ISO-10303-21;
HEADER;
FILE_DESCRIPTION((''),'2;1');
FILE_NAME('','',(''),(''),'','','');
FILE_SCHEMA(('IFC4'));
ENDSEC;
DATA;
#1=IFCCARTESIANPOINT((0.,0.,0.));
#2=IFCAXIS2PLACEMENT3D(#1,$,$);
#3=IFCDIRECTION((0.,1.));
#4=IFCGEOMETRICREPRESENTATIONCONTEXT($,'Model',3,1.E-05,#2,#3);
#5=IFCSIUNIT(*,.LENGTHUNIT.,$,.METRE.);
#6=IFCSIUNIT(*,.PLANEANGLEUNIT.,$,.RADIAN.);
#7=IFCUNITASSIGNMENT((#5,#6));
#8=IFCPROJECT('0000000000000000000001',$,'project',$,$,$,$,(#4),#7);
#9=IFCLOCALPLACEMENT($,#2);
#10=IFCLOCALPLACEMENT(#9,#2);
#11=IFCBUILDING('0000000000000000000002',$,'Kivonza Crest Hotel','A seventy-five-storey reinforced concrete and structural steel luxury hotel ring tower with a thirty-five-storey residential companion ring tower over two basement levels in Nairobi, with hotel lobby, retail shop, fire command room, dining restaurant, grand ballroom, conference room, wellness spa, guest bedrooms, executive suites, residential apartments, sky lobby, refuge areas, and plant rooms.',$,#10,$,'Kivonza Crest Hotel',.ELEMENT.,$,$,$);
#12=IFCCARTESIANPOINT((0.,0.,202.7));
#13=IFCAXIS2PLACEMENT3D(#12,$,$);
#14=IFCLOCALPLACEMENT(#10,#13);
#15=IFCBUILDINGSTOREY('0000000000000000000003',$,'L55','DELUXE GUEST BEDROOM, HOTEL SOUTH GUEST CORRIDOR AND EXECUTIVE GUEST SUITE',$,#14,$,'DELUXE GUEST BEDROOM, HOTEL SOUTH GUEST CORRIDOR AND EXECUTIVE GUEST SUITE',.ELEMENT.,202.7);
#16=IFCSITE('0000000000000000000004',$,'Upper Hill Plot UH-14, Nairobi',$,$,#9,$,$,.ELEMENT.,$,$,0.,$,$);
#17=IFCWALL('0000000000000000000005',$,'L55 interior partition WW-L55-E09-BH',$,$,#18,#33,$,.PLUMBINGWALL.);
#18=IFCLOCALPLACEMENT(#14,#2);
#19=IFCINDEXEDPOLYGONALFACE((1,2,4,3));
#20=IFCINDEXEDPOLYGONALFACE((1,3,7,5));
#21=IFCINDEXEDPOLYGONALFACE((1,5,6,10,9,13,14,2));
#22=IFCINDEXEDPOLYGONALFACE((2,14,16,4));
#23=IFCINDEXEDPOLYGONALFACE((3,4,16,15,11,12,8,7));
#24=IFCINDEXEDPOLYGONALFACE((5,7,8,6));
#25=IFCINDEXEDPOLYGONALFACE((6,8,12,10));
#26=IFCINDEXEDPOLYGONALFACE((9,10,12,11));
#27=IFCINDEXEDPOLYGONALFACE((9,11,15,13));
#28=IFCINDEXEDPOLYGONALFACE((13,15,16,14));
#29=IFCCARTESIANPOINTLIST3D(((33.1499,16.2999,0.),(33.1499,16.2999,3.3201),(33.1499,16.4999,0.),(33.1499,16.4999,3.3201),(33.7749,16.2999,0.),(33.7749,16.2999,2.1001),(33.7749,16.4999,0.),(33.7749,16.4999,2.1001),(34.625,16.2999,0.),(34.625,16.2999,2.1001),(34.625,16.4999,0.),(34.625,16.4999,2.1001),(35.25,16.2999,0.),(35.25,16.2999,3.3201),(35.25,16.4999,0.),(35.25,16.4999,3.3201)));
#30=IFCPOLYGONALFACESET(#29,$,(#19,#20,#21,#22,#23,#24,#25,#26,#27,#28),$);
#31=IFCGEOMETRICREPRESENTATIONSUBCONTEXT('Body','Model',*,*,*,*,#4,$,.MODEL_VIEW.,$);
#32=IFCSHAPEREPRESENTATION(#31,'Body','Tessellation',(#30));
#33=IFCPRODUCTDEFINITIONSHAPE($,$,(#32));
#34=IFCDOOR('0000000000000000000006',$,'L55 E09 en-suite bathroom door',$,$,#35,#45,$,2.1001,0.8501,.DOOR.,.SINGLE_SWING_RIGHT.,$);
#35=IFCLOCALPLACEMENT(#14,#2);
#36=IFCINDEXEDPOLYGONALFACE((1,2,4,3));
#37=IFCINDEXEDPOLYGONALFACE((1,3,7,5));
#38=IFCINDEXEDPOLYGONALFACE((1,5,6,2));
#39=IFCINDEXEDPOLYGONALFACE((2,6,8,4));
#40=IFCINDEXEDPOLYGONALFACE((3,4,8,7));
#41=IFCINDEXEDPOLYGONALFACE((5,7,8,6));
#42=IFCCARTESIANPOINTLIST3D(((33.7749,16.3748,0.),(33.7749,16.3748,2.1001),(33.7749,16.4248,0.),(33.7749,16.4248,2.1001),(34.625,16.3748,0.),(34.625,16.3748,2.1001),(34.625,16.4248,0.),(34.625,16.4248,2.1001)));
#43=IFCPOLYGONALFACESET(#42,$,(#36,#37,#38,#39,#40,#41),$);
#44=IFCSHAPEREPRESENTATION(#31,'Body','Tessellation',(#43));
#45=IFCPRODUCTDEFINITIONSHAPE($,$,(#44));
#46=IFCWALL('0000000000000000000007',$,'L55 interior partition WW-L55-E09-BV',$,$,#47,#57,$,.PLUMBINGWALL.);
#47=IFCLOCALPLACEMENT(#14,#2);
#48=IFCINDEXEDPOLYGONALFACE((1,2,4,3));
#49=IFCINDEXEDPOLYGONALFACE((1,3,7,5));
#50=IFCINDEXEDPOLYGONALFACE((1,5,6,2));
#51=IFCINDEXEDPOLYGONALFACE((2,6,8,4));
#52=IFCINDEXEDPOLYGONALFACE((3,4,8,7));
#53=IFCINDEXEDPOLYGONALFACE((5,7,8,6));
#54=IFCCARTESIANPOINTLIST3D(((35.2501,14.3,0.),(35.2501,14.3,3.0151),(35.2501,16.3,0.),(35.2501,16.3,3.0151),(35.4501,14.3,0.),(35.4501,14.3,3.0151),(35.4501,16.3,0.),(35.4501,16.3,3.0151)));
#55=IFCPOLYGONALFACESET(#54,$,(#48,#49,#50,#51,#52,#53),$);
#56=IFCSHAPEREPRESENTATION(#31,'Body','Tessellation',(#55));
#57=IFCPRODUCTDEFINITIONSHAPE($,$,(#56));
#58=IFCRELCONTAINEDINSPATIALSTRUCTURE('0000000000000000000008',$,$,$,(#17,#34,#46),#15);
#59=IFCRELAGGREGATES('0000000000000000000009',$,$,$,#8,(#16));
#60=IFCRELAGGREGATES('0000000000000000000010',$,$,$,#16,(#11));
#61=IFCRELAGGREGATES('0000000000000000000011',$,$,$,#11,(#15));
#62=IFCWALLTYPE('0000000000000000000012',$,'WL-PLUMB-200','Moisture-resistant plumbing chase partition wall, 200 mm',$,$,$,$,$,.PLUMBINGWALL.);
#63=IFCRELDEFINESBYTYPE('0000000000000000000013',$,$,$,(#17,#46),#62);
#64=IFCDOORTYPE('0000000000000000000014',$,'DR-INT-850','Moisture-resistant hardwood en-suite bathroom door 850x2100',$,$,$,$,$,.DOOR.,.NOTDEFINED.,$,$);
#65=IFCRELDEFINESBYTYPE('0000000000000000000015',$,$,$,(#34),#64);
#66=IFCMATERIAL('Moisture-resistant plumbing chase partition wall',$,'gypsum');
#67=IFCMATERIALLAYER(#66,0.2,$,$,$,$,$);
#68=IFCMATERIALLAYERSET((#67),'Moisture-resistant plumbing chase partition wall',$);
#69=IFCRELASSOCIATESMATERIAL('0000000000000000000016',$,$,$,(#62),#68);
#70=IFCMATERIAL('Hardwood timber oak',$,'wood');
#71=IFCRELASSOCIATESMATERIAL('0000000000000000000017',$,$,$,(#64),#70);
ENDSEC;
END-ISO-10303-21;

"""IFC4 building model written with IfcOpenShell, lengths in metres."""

from ifc_helpers import new_model, si_unit, direction, frame, frame_2d, origin, place, context, subcontext, project, spatial, rectangle, extrude, material, layer, layer_set, type_object, element, fill, save


model = new_model("IFC4")

# Units and contexts
model_context = context("Model", 3, precision=1e-05, world=origin(), true_north=direction((0.0, 1.0)))
body_context = subcontext(model_context, "Body", "Model", "MODEL_VIEW")
ifc_project = project(units=[si_unit("LENGTHUNIT", "METRE"), si_unit("PLANEANGLEUNIT", "RADIAN")], contexts=[model_context])

# Site, building, storey
site_placement = place(None, origin())
site = spatial("IfcSite", under=ifc_project, at=site_placement, Name="Upper Hill Plot UH-14, Nairobi", CompositionType="ELEMENT", RefElevation=0.0)
building_placement = place(site_placement, origin())
building = spatial("IfcBuilding", under=site, at=building_placement, Name="Kivonza Crest Hotel", Description="A seventy-five-storey reinforced concrete and structural steel luxury hotel ring tower with a thirty-five-storey residential companion ring tower over two basement levels in Nairobi, with hotel lobby, retail shop, fire command room, dining restaurant, grand ballroom, conference room, wellness spa, guest bedrooms, executive suites, residential apartments, sky lobby, refuge areas, and plant rooms.", LongName="Kivonza Crest Hotel", CompositionType="ELEMENT")
storey_placement = place(building_placement, frame((0.0, 0.0, 202.7)))
storey = spatial("IfcBuildingStorey", under=building, at=storey_placement, Name="L55", Description="DELUXE GUEST BEDROOM, HOTEL SOUTH GUEST CORRIDOR AND EXECUTIVE GUEST SUITE", LongName="DELUXE GUEST BEDROOM, HOTEL SOUTH GUEST CORRIDOR AND EXECUTIVE GUEST SUITE", CompositionType="ELEMENT", Elevation=202.7)

# Shared definitions
ifc_material_1 = material(Name="Hardwood timber oak", Category="wood")

# Wall, opening, door
ifc_material_2 = material(Name="Moisture-resistant plumbing chase partition wall", Category="gypsum")
ifc_layer_1 = layer(ifc_material_2, 0.2)
ifc_layer_set_1 = layer_set([ifc_layer_1], Name="Moisture-resistant plumbing chase partition wall")
wall_type_1 = type_object("IfcWallType", Name="WL-PLUMB-200", Description="Moisture-resistant plumbing chase partition wall, 200 mm", PredefinedType="PLUMBINGWALL", material=ifc_layer_set_1)
wall_1_placement = place(storey_placement, frame((33.1499, 16.3999, 0.0), z_axis=(0.0, 0.0, 1.0), x_axis=(1.0, 0.0, 0.0)))
wall_1 = element("IfcWall", 1, at=wall_1_placement, inside=storey, type_object=wall_type_1, Name="L55 interior partition WW-L55-E09-BH", PredefinedType="PLUMBINGWALL", context=body_context, shape_type="SweptSolid", body=[
    extrude(rectangle(XDim=2.1001, YDim=0.2, at=frame_2d((1.05, 0.0))), origin(), (0.0, 0.0, 1.0), 3.3201),
])
opening_1_placement = place(wall_1_placement, frame((0.625, 0.0, 0.0)))
opening_1 = element("IfcOpeningElement", 2, at=opening_1_placement, cuts=wall_1, PredefinedType="OPENING", context=body_context, shape_type="SweptSolid", body=[
    extrude(rectangle(XDim=0.8501, YDim=2.1001, at=frame_2d((0.425, 1.05))), frame((0.0, 0.1099, 0.0), z_axis=(0.0, -1.0, 0.0), x_axis=(1.0, 0.0, 0.0)), (0.0, 0.0, 1.0), 0.22),
])
door_type_1 = type_object("IfcDoorType", Name="DR-INT-850", Description="Moisture-resistant hardwood en-suite bathroom door 850x2100", OperationType="NOTDEFINED", PredefinedType="DOOR", material=ifc_material_1)
door_1_placement = place(opening_1_placement, origin())
door_1 = element("IfcDoor", 3, at=door_1_placement, inside=storey, type_object=door_type_1, Name="L55 E09 en-suite bathroom door", OperationType="SINGLE_SWING_RIGHT", OverallHeight=2.1001, OverallWidth=0.8501, PredefinedType="DOOR", context=body_context, shape_type="SweptSolid", body=[
    extrude(rectangle(XDim=0.8501, YDim=2.1001, at=frame_2d((0.425, 1.05))), frame((0.0, 0.0249, 0.0), z_axis=(0.0, -1.0, 0.0), x_axis=(1.0, 0.0, 0.0)), (0.0, 0.0, 1.0), 0.05),
])
fill(opening_1, door_1)

# Wall
wall_2_placement = place(storey_placement, frame((35.3501, 14.3, 0.0), z_axis=(0.0, 0.0, 1.0), x_axis=(0.0, 1.0, 0.0)))
element("IfcWall", 4, at=wall_2_placement, inside=storey, type_object=wall_type_1, Name="L55 interior partition WW-L55-E09-BV", PredefinedType="PLUMBINGWALL", context=body_context, shape_type="SweptSolid", body=[
    extrude(rectangle(XDim=2.0, YDim=0.2, at=frame_2d((1.0, 0.0))), origin(), (0.0, 0.0, 1.0), 3.0151),
])

save(model, "model.ifc")
